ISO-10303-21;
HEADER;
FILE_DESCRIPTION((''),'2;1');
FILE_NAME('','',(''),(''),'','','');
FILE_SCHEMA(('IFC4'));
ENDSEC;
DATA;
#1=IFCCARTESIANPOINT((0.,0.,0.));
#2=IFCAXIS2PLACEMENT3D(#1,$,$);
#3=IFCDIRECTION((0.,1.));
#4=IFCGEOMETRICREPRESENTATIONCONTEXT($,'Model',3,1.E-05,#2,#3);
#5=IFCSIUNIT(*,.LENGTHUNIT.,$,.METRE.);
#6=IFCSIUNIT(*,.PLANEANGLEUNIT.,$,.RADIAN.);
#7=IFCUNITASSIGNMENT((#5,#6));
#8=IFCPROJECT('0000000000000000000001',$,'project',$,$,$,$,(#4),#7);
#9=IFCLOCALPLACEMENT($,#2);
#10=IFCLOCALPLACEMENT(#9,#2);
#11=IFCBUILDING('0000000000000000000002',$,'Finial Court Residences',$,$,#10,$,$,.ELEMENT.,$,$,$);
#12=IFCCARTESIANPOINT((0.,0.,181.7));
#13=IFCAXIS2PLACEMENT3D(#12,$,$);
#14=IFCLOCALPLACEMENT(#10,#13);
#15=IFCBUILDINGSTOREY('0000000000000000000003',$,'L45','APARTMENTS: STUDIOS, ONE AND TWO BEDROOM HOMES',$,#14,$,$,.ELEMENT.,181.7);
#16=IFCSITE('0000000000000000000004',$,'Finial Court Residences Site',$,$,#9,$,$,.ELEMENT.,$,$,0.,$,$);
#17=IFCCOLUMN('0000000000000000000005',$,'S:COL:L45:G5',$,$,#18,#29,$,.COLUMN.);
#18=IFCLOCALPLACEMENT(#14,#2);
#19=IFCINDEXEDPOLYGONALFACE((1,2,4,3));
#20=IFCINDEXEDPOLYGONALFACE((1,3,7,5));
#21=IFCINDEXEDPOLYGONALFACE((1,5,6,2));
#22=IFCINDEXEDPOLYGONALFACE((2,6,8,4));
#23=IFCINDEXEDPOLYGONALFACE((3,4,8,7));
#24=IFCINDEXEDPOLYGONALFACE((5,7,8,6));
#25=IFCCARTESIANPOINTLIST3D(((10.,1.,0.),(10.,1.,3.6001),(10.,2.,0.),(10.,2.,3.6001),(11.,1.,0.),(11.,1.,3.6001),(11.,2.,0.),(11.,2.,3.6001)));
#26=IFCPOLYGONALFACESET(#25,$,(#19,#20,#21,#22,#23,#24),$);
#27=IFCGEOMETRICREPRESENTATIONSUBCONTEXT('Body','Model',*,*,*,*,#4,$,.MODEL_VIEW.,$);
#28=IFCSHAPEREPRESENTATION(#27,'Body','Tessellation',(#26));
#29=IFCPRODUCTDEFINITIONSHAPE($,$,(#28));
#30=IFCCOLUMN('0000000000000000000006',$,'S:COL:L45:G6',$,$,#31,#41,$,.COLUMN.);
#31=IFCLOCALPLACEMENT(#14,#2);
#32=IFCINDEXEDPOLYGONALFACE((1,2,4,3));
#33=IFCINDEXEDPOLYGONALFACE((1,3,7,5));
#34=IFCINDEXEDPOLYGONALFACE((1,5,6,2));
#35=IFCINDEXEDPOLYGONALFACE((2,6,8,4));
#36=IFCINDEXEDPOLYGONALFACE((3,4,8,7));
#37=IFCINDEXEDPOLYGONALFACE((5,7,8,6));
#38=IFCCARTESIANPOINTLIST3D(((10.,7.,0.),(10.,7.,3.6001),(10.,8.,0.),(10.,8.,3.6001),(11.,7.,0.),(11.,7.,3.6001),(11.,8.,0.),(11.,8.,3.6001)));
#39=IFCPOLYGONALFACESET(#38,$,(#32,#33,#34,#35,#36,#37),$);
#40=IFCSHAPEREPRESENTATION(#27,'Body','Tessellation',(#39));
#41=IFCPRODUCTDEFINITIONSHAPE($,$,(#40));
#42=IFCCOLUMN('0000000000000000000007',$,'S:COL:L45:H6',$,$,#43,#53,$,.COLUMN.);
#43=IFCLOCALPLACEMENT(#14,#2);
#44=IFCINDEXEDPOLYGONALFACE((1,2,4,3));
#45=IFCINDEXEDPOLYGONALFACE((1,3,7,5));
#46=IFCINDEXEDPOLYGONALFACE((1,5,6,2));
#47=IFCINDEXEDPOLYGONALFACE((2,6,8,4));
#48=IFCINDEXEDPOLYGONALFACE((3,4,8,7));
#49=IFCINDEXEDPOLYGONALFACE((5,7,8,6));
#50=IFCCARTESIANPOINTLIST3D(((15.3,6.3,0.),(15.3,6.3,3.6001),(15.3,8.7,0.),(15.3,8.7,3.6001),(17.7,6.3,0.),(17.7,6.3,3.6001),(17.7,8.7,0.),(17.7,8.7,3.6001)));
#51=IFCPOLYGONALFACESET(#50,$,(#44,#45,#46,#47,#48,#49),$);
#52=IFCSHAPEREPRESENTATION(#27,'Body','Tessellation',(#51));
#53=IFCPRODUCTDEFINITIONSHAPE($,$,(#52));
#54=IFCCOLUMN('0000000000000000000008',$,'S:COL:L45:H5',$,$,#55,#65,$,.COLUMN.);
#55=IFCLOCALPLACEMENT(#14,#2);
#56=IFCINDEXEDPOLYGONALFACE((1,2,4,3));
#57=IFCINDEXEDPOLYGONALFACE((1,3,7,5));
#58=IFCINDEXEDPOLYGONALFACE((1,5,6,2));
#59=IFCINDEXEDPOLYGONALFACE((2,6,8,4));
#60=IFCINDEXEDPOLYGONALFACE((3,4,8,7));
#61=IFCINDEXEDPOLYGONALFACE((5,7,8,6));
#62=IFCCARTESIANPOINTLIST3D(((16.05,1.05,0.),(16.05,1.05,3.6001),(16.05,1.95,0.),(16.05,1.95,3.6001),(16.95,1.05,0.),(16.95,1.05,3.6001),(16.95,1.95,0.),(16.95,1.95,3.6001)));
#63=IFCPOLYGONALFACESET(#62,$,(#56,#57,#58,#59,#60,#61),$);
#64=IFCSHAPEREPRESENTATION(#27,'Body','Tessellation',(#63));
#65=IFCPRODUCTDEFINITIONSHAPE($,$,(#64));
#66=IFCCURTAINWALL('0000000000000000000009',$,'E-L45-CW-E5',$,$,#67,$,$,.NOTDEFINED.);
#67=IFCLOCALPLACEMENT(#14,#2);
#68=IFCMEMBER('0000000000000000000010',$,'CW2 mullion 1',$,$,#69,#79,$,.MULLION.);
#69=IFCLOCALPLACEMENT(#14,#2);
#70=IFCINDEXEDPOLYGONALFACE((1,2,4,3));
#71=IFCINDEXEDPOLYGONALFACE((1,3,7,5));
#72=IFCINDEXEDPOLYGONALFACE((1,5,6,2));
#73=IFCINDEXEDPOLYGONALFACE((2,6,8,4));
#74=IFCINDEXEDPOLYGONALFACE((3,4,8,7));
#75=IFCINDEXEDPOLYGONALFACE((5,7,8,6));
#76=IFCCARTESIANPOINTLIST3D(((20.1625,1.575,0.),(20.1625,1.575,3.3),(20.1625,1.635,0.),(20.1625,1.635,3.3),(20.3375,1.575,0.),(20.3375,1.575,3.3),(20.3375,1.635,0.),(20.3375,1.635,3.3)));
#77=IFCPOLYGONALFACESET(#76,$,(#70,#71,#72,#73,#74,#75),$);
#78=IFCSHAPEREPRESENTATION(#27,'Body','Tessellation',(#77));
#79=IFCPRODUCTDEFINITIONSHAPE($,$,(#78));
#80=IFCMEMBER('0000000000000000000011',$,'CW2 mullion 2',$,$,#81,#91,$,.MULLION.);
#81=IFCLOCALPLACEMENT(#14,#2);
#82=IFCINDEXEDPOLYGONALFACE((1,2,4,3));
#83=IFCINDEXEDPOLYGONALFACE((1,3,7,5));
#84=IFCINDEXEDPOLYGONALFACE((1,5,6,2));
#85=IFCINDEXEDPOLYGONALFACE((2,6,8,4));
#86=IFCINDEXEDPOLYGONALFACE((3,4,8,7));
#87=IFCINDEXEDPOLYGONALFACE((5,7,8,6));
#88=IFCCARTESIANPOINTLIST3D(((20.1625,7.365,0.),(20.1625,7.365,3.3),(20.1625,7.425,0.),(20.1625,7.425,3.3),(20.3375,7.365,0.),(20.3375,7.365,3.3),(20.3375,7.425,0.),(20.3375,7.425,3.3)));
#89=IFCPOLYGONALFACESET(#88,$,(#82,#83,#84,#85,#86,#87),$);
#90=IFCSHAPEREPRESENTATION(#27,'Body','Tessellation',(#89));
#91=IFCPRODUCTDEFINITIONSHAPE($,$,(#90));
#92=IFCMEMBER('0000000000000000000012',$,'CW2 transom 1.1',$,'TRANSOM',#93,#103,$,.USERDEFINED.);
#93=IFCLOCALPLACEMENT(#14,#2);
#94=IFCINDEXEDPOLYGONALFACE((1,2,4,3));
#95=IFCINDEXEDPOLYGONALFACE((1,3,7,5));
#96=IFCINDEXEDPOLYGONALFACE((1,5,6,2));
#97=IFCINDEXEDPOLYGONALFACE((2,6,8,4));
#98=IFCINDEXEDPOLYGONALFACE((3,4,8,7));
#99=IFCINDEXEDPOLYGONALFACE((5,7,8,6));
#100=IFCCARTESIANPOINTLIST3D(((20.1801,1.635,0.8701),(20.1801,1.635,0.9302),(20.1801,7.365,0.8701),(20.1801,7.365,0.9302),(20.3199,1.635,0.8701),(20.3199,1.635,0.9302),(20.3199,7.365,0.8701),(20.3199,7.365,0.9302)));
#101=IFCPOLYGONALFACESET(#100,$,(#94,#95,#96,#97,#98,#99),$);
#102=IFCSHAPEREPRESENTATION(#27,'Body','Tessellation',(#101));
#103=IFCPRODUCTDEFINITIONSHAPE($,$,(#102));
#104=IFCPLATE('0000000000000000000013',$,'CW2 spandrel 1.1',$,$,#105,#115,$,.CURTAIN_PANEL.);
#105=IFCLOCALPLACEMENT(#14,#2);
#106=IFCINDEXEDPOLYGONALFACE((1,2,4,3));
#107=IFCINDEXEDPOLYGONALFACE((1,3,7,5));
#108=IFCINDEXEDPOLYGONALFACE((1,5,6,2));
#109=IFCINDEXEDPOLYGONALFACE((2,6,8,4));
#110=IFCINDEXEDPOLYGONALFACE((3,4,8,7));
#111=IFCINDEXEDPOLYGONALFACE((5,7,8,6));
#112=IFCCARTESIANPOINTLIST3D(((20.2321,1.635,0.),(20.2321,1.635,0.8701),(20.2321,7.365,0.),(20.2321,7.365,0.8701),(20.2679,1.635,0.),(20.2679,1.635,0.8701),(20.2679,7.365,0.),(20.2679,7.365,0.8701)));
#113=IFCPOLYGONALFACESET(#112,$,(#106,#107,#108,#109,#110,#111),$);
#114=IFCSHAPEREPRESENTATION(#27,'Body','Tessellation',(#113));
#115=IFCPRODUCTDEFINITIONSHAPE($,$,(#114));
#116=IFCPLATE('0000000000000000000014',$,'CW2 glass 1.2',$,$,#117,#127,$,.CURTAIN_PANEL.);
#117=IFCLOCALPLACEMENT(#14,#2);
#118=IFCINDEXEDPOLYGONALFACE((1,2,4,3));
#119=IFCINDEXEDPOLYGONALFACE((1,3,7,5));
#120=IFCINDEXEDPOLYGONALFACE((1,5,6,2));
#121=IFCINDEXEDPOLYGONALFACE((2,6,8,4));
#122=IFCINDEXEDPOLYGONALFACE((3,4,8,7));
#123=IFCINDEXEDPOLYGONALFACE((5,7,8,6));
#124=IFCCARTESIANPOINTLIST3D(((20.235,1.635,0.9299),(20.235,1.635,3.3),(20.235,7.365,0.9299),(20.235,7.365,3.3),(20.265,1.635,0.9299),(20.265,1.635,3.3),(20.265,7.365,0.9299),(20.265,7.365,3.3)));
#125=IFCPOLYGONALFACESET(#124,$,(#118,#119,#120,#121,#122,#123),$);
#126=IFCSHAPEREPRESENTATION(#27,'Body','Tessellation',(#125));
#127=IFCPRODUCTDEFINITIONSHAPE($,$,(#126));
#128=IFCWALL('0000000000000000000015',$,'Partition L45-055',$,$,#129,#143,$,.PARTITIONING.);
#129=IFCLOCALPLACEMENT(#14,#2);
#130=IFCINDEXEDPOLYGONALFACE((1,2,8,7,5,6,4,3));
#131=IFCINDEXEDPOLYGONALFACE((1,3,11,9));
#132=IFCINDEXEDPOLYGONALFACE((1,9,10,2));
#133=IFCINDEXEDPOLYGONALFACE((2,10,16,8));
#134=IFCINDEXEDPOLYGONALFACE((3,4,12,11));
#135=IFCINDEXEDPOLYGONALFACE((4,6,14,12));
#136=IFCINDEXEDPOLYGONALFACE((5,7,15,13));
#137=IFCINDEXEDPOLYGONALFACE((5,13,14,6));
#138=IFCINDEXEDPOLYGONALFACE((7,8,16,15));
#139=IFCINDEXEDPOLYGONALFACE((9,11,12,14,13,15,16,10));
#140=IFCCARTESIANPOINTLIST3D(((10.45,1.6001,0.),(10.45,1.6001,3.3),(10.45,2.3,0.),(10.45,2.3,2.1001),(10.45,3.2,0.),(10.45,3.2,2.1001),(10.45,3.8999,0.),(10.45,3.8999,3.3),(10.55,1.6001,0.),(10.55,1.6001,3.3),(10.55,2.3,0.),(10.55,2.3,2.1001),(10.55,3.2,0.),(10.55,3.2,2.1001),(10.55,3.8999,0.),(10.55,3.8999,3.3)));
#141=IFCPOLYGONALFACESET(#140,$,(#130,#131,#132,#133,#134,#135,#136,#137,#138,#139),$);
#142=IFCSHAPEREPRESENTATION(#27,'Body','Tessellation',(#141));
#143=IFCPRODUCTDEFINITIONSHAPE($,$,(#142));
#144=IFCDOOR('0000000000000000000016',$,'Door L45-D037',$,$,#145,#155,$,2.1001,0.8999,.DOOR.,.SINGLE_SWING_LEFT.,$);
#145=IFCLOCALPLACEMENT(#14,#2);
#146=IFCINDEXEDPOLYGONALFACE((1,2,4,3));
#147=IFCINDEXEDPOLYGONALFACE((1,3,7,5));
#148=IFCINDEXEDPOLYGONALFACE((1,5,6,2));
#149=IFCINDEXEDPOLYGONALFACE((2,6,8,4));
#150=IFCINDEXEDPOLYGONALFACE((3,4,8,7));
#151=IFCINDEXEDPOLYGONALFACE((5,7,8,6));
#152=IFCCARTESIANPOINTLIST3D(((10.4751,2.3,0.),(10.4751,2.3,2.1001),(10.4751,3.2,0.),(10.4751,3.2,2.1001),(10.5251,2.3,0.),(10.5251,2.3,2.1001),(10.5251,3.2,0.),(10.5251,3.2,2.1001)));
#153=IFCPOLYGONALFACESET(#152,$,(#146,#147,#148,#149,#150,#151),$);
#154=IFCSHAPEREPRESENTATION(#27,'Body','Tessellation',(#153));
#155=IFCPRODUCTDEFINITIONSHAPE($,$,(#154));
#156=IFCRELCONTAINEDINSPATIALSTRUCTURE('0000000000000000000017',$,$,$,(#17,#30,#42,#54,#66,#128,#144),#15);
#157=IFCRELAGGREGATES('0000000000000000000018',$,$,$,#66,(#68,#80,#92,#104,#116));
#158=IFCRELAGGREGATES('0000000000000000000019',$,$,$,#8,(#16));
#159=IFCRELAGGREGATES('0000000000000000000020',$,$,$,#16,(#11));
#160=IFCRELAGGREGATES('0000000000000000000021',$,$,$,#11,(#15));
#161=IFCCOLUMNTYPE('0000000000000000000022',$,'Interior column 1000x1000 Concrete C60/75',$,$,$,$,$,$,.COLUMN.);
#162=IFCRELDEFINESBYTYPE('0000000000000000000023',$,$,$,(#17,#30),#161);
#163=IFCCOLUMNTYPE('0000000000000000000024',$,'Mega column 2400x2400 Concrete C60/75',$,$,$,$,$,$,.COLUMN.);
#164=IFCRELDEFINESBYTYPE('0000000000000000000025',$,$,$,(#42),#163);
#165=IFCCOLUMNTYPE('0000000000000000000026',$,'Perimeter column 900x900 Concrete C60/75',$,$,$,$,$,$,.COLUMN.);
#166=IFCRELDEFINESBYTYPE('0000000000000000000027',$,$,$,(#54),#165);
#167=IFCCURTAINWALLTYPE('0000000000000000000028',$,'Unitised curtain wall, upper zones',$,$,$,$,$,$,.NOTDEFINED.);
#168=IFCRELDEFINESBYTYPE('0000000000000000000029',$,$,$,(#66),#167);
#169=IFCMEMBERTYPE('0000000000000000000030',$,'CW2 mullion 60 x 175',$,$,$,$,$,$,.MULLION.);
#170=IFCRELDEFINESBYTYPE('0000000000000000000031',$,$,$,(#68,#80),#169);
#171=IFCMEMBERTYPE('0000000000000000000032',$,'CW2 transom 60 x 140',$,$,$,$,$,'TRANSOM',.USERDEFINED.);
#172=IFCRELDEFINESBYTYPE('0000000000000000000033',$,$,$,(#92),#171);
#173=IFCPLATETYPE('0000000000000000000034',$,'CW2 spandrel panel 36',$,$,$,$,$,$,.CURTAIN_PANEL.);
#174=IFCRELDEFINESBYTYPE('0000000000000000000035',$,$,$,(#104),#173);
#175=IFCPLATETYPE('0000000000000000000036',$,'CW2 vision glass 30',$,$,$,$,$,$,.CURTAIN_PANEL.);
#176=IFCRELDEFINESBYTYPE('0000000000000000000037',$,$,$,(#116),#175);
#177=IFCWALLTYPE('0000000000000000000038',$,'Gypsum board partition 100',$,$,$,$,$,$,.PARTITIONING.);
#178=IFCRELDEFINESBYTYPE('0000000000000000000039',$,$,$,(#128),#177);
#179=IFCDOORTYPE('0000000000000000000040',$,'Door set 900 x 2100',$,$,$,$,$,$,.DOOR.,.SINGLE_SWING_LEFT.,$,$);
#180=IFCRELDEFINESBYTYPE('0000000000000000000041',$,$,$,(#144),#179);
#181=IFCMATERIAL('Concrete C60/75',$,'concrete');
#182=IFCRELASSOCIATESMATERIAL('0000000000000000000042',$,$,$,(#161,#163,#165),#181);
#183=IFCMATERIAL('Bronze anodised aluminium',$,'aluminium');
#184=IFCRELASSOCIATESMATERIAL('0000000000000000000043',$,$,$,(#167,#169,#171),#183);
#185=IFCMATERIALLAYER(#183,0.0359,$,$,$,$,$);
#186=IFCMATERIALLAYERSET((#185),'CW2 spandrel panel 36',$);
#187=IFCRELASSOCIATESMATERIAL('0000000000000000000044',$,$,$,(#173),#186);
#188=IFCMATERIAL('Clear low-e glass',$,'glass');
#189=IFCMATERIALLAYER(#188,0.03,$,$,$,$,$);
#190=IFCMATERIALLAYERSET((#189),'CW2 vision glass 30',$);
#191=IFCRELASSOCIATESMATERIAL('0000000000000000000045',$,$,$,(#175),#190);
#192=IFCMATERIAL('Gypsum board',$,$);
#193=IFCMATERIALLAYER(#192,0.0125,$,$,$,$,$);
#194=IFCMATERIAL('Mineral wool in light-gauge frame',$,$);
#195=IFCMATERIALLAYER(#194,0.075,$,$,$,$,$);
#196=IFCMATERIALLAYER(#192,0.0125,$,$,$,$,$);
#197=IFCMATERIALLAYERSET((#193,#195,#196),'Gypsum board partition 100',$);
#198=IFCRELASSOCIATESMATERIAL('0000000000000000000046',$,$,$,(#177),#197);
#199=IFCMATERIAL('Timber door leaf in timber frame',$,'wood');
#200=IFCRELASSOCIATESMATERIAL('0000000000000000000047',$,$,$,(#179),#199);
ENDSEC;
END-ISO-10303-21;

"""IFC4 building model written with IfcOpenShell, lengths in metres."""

from ifc_helpers import new_model, si_unit, direction, frame, frame_2d, origin, origin_2d, place, context, subcontext, project, spatial, rectangle, extrude, material, layer, layer_set, material_profile, profile_set, type_object, element, fill, aggregate, save


model = new_model("IFC4")

# Units and contexts
model_context = context("Model", 3, precision=1e-05, world=origin(), true_north=direction((0.0, 1.0)))
body_context = subcontext(model_context, "Body", "Model", "MODEL_VIEW")
ifc_project = project(units=[si_unit("LENGTHUNIT", "METRE"), si_unit("PLANEANGLEUNIT", "RADIAN")], contexts=[model_context])

# Site, building, storey
site_placement = place(None, origin())
site = spatial("IfcSite", under=ifc_project, at=site_placement, Name="Finial Court Residences Site", CompositionType="ELEMENT", RefElevation=0.0)
building_placement = place(site_placement, origin())
building = spatial("IfcBuilding", under=site, at=building_placement, Name="Finial Court Residences", CompositionType="ELEMENT")
storey_placement = place(building_placement, frame((0.0, 0.0, 181.7)))
storey = spatial("IfcBuildingStorey", under=building, at=storey_placement, Name="L45", Description="APARTMENTS: STUDIOS, ONE AND TWO BEDROOM HOMES", CompositionType="ELEMENT", Elevation=181.7)

# Columns
ifc_material_1 = material(Name="Concrete C60/75", Category="concrete")
ifc_material_profile_1 = material_profile(ifc_material_1, rectangle(XDim=1.0, YDim=1.0, at=origin_2d()), Name="1000x1000")
ifc_profile_set_1 = profile_set([ifc_material_profile_1], Name="Concrete C60/75")
column_type_1 = type_object("IfcColumnType", Name="Interior column 1000x1000 Concrete C60/75", PredefinedType="COLUMN", material=ifc_profile_set_1)
for number, where, z_axis, x_axis, name in (
    (1, (10.5, 1.5, 0.0), (0.0, 0.0, 1.0), (1.0, 0.0, 0.0), "S:COL:L45:G5"),
    (2, (10.5, 7.5, 0.0), (0.0, 0.0, 1.0), (1.0, 0.0, 0.0), "S:COL:L45:G6"),
):
    element("IfcColumn", number, at=place(storey_placement, frame(where, z_axis=z_axis, x_axis=x_axis)), inside=storey, type_object=column_type_1, Name=name, PredefinedType="COLUMN", context=body_context, shape_type="SweptSolid", body=[
        extrude(rectangle(XDim=1.0, YDim=1.0, at=origin_2d()), origin(), (0.0, 0.0, 1.0), 3.6001),
    ])
ifc_material_profile_2 = material_profile(ifc_material_1, rectangle(XDim=2.3999, YDim=2.3999, at=origin_2d()), Name="2400x2400")
ifc_profile_set_2 = profile_set([ifc_material_profile_2], Name="Concrete C60/75")
column_type_2 = type_object("IfcColumnType", Name="Mega column 2400x2400 Concrete C60/75", PredefinedType="COLUMN", material=ifc_profile_set_2)
column_1_placement = place(storey_placement, frame((16.5, 7.5, 0.0), z_axis=(0.0, 0.0, 1.0), x_axis=(1.0, 0.0, 0.0)))
element("IfcColumn", 3, at=column_1_placement, inside=storey, type_object=column_type_2, Name="S:COL:L45:H6", PredefinedType="COLUMN", context=body_context, shape_type="SweptSolid", body=[
    extrude(rectangle(XDim=2.3999, YDim=2.3999, at=origin_2d()), origin(), (0.0, 0.0, 1.0), 3.6001),
])
ifc_material_profile_3 = material_profile(ifc_material_1, rectangle(XDim=0.8999, YDim=0.8999, at=origin_2d()), Name="900x900")
ifc_profile_set_3 = profile_set([ifc_material_profile_3], Name="Concrete C60/75")
column_type_3 = type_object("IfcColumnType", Name="Perimeter column 900x900 Concrete C60/75", PredefinedType="COLUMN", material=ifc_profile_set_3)
column_2_placement = place(storey_placement, frame((16.5, 1.5, 0.0), z_axis=(0.0, 0.0, 1.0), x_axis=(1.0, 0.0, 0.0)))
element("IfcColumn", 4, at=column_2_placement, inside=storey, type_object=column_type_3, Name="S:COL:L45:H5", PredefinedType="COLUMN", context=body_context, shape_type="SweptSolid", body=[
    extrude(rectangle(XDim=0.8999, YDim=0.8999, at=origin_2d()), origin(), (0.0, 0.0, 1.0), 3.6001),
])

# Curtain wall, members, plates
ifc_material_2 = material(Name="Bronze anodised aluminium", Category="aluminium")
curtain_wall_type = type_object("IfcCurtainWallType", Name="Unitised curtain wall, upper zones", PredefinedType="NOTDEFINED", material=ifc_material_2)
curtain_wall_placement = place(storey_placement, origin())
curtain_wall = element("IfcCurtainWall", 5, at=curtain_wall_placement, inside=storey, type_object=curtain_wall_type, Name="E-L45-CW-E5", PredefinedType="NOTDEFINED")
ifc_material_profile_4 = material_profile(ifc_material_2, rectangle(XDim=0.175, YDim=0.0601, at=origin_2d()), Name="CW2 mullion 60 x 175")
ifc_profile_set_4 = profile_set([ifc_material_profile_4], Name="Bronze anodised aluminium")
member_type_1 = type_object("IfcMemberType", Name="CW2 mullion 60 x 175", PredefinedType="MULLION", material=ifc_profile_set_4)
member_1_placement = place(storey_placement, frame((20.25, 1.605, 0.0), z_axis=(0.0, 0.0, 1.0), x_axis=(-1.0, 0.0, 0.0)))
member_1 = element("IfcMember", 6, at=member_1_placement, type_object=member_type_1, Name="CW2 mullion 1", PredefinedType="MULLION", context=body_context, shape_type="SweptSolid", body=[
    extrude(rectangle(XDim=0.175, YDim=0.0601, at=origin_2d()), origin(), (0.0, 0.0, 1.0), 3.3),
])
member_2_placement = place(storey_placement, frame((20.25, 7.395, 0.0), z_axis=(0.0, 0.0, 1.0), x_axis=(-1.0, 0.0, 0.0)))
member_2 = element("IfcMember", 7, at=member_2_placement, type_object=member_type_1, Name="CW2 mullion 2", PredefinedType="MULLION", context=body_context, shape_type="SweptSolid", body=[
    extrude(rectangle(XDim=0.175, YDim=0.0601, at=origin_2d()), origin(), (0.0, 0.0, 1.0), 3.3),
])
ifc_material_profile_5 = material_profile(ifc_material_2, rectangle(XDim=0.1399, YDim=0.0601, at=origin_2d()), Name="CW2 transom 60 x 140")
ifc_profile_set_5 = profile_set([ifc_material_profile_5], Name="Bronze anodised aluminium")
member_type_2 = type_object("IfcMemberType", Name="CW2 transom 60 x 140", ElementType="TRANSOM", PredefinedType="USERDEFINED", material=ifc_profile_set_5)
member_3_placement = place(storey_placement, frame((20.25, 1.635, 0.9001), z_axis=(0.0, 1.0, 0.0), x_axis=(-1.0, 0.0, 0.0)))
member_3 = element("IfcMember", 8, at=member_3_placement, type_object=member_type_2, Name="CW2 transom 1.1", ObjectType="TRANSOM", PredefinedType="USERDEFINED", context=body_context, shape_type="SweptSolid", body=[
    extrude(rectangle(XDim=0.1399, YDim=0.0601, at=origin_2d()), origin(), (0.0, 0.0, 1.0), 5.73),
])
ifc_layer_1 = layer(ifc_material_2, 0.0359)
ifc_layer_set_1 = layer_set([ifc_layer_1], Name="CW2 spandrel panel 36")
plate_type_1 = type_object("IfcPlateType", Name="CW2 spandrel panel 36", PredefinedType="CURTAIN_PANEL", material=ifc_layer_set_1)
plate_1_placement = place(storey_placement, frame((20.25, 4.5, 0.0), z_axis=(0.0, 0.0, 1.0), x_axis=(0.0, 1.0, 0.0)))
plate_1 = element("IfcPlate", 9, at=plate_1_placement, type_object=plate_type_1, Name="CW2 spandrel 1.1", PredefinedType="CURTAIN_PANEL", context=body_context, shape_type="SweptSolid", body=[
    extrude(rectangle(XDim=5.73, YDim=0.0359, at=origin_2d()), origin(), (0.0, 0.0, 1.0), 0.8701),
])
ifc_material_3 = material(Name="Clear low-e glass", Category="glass")
ifc_layer_2 = layer(ifc_material_3, 0.03)
ifc_layer_set_2 = layer_set([ifc_layer_2], Name="CW2 vision glass 30")
plate_type_2 = type_object("IfcPlateType", Name="CW2 vision glass 30", PredefinedType="CURTAIN_PANEL", material=ifc_layer_set_2)
plate_2_placement = place(storey_placement, frame((20.25, 4.5, 0.9299), z_axis=(0.0, 0.0, 1.0), x_axis=(0.0, 1.0, 0.0)))
plate_2 = element("IfcPlate", 10, at=plate_2_placement, type_object=plate_type_2, Name="CW2 glass 1.2", PredefinedType="CURTAIN_PANEL", context=body_context, shape_type="SweptSolid", body=[
    extrude(rectangle(XDim=5.73, YDim=0.03, at=origin_2d()), origin(), (0.0, 0.0, 1.0), 2.3701),
])
aggregate(curtain_wall, [member_1, member_2, member_3, plate_1, plate_2])

# Wall, opening, door
ifc_material_4 = material(Name="Gypsum board")
ifc_layer_3 = layer(ifc_material_4, 0.0125)
ifc_material_5 = material(Name="Mineral wool in light-gauge frame")
ifc_layer_4 = layer(ifc_material_5, 0.075)
ifc_layer_5 = layer(ifc_material_4, 0.0125)
ifc_layer_set_3 = layer_set([ifc_layer_3, ifc_layer_4, ifc_layer_5], Name="Gypsum board partition 100")
wall_type_1 = type_object("IfcWallType", Name="Gypsum board partition 100", PredefinedType="PARTITIONING", material=ifc_layer_set_3)
wall_1_placement = place(storey_placement, frame((10.5, 1.6001, 0.0), z_axis=(0.0, 0.0, 1.0), x_axis=(0.0, 1.0, 0.0)))
wall_1 = element("IfcWall", 11, at=wall_1_placement, inside=storey, type_object=wall_type_1, Name="Partition L45-055", PredefinedType="PARTITIONING", context=body_context, shape_type="SweptSolid", body=[
    extrude(rectangle(XDim=2.2998, YDim=0.1001, at=frame_2d((1.1499, 0.0))), origin(), (0.0, 0.0, 1.0), 3.3),
])
opening_1_placement = place(wall_1_placement, frame((0.7, 0.0, 0.0)))
opening_1 = element("IfcOpeningElement", 12, at=opening_1_placement, cuts=wall_1, PredefinedType="OPENING", context=body_context, shape_type="SweptSolid", body=[
    extrude(rectangle(XDim=0.8999, YDim=2.1001, at=frame_2d((0.45, 1.05))), frame((0.0, 0.0601, 0.0), z_axis=(0.0, -1.0, 0.0), x_axis=(1.0, 0.0, 0.0)), (0.0, 0.0, 1.0), 0.1201),
])
ifc_material_6 = material(Name="Timber door leaf in timber frame", Category="wood")
door_type_1 = type_object("IfcDoorType", Name="Door set 900 x 2100", OperationType="SINGLE_SWING_LEFT", PredefinedType="DOOR", material=ifc_material_6)
door_1_placement = place(opening_1_placement, origin())
door_1 = element("IfcDoor", 13, at=door_1_placement, inside=storey, type_object=door_type_1, Name="Door L45-D037", OperationType="SINGLE_SWING_LEFT", OverallHeight=2.1001, OverallWidth=0.8999, PredefinedType="DOOR", context=body_context, shape_type="SweptSolid", body=[
    extrude(rectangle(XDim=0.8999, YDim=2.1001, at=frame_2d((0.45, 1.05))), frame((0.0, 0.0249, 0.0), z_axis=(0.0, -1.0, 0.0), x_axis=(1.0, 0.0, 0.0)), (0.0, 0.0, 1.0), 0.05),
])
fill(opening_1, door_1)

save(model, "model.ifc")
